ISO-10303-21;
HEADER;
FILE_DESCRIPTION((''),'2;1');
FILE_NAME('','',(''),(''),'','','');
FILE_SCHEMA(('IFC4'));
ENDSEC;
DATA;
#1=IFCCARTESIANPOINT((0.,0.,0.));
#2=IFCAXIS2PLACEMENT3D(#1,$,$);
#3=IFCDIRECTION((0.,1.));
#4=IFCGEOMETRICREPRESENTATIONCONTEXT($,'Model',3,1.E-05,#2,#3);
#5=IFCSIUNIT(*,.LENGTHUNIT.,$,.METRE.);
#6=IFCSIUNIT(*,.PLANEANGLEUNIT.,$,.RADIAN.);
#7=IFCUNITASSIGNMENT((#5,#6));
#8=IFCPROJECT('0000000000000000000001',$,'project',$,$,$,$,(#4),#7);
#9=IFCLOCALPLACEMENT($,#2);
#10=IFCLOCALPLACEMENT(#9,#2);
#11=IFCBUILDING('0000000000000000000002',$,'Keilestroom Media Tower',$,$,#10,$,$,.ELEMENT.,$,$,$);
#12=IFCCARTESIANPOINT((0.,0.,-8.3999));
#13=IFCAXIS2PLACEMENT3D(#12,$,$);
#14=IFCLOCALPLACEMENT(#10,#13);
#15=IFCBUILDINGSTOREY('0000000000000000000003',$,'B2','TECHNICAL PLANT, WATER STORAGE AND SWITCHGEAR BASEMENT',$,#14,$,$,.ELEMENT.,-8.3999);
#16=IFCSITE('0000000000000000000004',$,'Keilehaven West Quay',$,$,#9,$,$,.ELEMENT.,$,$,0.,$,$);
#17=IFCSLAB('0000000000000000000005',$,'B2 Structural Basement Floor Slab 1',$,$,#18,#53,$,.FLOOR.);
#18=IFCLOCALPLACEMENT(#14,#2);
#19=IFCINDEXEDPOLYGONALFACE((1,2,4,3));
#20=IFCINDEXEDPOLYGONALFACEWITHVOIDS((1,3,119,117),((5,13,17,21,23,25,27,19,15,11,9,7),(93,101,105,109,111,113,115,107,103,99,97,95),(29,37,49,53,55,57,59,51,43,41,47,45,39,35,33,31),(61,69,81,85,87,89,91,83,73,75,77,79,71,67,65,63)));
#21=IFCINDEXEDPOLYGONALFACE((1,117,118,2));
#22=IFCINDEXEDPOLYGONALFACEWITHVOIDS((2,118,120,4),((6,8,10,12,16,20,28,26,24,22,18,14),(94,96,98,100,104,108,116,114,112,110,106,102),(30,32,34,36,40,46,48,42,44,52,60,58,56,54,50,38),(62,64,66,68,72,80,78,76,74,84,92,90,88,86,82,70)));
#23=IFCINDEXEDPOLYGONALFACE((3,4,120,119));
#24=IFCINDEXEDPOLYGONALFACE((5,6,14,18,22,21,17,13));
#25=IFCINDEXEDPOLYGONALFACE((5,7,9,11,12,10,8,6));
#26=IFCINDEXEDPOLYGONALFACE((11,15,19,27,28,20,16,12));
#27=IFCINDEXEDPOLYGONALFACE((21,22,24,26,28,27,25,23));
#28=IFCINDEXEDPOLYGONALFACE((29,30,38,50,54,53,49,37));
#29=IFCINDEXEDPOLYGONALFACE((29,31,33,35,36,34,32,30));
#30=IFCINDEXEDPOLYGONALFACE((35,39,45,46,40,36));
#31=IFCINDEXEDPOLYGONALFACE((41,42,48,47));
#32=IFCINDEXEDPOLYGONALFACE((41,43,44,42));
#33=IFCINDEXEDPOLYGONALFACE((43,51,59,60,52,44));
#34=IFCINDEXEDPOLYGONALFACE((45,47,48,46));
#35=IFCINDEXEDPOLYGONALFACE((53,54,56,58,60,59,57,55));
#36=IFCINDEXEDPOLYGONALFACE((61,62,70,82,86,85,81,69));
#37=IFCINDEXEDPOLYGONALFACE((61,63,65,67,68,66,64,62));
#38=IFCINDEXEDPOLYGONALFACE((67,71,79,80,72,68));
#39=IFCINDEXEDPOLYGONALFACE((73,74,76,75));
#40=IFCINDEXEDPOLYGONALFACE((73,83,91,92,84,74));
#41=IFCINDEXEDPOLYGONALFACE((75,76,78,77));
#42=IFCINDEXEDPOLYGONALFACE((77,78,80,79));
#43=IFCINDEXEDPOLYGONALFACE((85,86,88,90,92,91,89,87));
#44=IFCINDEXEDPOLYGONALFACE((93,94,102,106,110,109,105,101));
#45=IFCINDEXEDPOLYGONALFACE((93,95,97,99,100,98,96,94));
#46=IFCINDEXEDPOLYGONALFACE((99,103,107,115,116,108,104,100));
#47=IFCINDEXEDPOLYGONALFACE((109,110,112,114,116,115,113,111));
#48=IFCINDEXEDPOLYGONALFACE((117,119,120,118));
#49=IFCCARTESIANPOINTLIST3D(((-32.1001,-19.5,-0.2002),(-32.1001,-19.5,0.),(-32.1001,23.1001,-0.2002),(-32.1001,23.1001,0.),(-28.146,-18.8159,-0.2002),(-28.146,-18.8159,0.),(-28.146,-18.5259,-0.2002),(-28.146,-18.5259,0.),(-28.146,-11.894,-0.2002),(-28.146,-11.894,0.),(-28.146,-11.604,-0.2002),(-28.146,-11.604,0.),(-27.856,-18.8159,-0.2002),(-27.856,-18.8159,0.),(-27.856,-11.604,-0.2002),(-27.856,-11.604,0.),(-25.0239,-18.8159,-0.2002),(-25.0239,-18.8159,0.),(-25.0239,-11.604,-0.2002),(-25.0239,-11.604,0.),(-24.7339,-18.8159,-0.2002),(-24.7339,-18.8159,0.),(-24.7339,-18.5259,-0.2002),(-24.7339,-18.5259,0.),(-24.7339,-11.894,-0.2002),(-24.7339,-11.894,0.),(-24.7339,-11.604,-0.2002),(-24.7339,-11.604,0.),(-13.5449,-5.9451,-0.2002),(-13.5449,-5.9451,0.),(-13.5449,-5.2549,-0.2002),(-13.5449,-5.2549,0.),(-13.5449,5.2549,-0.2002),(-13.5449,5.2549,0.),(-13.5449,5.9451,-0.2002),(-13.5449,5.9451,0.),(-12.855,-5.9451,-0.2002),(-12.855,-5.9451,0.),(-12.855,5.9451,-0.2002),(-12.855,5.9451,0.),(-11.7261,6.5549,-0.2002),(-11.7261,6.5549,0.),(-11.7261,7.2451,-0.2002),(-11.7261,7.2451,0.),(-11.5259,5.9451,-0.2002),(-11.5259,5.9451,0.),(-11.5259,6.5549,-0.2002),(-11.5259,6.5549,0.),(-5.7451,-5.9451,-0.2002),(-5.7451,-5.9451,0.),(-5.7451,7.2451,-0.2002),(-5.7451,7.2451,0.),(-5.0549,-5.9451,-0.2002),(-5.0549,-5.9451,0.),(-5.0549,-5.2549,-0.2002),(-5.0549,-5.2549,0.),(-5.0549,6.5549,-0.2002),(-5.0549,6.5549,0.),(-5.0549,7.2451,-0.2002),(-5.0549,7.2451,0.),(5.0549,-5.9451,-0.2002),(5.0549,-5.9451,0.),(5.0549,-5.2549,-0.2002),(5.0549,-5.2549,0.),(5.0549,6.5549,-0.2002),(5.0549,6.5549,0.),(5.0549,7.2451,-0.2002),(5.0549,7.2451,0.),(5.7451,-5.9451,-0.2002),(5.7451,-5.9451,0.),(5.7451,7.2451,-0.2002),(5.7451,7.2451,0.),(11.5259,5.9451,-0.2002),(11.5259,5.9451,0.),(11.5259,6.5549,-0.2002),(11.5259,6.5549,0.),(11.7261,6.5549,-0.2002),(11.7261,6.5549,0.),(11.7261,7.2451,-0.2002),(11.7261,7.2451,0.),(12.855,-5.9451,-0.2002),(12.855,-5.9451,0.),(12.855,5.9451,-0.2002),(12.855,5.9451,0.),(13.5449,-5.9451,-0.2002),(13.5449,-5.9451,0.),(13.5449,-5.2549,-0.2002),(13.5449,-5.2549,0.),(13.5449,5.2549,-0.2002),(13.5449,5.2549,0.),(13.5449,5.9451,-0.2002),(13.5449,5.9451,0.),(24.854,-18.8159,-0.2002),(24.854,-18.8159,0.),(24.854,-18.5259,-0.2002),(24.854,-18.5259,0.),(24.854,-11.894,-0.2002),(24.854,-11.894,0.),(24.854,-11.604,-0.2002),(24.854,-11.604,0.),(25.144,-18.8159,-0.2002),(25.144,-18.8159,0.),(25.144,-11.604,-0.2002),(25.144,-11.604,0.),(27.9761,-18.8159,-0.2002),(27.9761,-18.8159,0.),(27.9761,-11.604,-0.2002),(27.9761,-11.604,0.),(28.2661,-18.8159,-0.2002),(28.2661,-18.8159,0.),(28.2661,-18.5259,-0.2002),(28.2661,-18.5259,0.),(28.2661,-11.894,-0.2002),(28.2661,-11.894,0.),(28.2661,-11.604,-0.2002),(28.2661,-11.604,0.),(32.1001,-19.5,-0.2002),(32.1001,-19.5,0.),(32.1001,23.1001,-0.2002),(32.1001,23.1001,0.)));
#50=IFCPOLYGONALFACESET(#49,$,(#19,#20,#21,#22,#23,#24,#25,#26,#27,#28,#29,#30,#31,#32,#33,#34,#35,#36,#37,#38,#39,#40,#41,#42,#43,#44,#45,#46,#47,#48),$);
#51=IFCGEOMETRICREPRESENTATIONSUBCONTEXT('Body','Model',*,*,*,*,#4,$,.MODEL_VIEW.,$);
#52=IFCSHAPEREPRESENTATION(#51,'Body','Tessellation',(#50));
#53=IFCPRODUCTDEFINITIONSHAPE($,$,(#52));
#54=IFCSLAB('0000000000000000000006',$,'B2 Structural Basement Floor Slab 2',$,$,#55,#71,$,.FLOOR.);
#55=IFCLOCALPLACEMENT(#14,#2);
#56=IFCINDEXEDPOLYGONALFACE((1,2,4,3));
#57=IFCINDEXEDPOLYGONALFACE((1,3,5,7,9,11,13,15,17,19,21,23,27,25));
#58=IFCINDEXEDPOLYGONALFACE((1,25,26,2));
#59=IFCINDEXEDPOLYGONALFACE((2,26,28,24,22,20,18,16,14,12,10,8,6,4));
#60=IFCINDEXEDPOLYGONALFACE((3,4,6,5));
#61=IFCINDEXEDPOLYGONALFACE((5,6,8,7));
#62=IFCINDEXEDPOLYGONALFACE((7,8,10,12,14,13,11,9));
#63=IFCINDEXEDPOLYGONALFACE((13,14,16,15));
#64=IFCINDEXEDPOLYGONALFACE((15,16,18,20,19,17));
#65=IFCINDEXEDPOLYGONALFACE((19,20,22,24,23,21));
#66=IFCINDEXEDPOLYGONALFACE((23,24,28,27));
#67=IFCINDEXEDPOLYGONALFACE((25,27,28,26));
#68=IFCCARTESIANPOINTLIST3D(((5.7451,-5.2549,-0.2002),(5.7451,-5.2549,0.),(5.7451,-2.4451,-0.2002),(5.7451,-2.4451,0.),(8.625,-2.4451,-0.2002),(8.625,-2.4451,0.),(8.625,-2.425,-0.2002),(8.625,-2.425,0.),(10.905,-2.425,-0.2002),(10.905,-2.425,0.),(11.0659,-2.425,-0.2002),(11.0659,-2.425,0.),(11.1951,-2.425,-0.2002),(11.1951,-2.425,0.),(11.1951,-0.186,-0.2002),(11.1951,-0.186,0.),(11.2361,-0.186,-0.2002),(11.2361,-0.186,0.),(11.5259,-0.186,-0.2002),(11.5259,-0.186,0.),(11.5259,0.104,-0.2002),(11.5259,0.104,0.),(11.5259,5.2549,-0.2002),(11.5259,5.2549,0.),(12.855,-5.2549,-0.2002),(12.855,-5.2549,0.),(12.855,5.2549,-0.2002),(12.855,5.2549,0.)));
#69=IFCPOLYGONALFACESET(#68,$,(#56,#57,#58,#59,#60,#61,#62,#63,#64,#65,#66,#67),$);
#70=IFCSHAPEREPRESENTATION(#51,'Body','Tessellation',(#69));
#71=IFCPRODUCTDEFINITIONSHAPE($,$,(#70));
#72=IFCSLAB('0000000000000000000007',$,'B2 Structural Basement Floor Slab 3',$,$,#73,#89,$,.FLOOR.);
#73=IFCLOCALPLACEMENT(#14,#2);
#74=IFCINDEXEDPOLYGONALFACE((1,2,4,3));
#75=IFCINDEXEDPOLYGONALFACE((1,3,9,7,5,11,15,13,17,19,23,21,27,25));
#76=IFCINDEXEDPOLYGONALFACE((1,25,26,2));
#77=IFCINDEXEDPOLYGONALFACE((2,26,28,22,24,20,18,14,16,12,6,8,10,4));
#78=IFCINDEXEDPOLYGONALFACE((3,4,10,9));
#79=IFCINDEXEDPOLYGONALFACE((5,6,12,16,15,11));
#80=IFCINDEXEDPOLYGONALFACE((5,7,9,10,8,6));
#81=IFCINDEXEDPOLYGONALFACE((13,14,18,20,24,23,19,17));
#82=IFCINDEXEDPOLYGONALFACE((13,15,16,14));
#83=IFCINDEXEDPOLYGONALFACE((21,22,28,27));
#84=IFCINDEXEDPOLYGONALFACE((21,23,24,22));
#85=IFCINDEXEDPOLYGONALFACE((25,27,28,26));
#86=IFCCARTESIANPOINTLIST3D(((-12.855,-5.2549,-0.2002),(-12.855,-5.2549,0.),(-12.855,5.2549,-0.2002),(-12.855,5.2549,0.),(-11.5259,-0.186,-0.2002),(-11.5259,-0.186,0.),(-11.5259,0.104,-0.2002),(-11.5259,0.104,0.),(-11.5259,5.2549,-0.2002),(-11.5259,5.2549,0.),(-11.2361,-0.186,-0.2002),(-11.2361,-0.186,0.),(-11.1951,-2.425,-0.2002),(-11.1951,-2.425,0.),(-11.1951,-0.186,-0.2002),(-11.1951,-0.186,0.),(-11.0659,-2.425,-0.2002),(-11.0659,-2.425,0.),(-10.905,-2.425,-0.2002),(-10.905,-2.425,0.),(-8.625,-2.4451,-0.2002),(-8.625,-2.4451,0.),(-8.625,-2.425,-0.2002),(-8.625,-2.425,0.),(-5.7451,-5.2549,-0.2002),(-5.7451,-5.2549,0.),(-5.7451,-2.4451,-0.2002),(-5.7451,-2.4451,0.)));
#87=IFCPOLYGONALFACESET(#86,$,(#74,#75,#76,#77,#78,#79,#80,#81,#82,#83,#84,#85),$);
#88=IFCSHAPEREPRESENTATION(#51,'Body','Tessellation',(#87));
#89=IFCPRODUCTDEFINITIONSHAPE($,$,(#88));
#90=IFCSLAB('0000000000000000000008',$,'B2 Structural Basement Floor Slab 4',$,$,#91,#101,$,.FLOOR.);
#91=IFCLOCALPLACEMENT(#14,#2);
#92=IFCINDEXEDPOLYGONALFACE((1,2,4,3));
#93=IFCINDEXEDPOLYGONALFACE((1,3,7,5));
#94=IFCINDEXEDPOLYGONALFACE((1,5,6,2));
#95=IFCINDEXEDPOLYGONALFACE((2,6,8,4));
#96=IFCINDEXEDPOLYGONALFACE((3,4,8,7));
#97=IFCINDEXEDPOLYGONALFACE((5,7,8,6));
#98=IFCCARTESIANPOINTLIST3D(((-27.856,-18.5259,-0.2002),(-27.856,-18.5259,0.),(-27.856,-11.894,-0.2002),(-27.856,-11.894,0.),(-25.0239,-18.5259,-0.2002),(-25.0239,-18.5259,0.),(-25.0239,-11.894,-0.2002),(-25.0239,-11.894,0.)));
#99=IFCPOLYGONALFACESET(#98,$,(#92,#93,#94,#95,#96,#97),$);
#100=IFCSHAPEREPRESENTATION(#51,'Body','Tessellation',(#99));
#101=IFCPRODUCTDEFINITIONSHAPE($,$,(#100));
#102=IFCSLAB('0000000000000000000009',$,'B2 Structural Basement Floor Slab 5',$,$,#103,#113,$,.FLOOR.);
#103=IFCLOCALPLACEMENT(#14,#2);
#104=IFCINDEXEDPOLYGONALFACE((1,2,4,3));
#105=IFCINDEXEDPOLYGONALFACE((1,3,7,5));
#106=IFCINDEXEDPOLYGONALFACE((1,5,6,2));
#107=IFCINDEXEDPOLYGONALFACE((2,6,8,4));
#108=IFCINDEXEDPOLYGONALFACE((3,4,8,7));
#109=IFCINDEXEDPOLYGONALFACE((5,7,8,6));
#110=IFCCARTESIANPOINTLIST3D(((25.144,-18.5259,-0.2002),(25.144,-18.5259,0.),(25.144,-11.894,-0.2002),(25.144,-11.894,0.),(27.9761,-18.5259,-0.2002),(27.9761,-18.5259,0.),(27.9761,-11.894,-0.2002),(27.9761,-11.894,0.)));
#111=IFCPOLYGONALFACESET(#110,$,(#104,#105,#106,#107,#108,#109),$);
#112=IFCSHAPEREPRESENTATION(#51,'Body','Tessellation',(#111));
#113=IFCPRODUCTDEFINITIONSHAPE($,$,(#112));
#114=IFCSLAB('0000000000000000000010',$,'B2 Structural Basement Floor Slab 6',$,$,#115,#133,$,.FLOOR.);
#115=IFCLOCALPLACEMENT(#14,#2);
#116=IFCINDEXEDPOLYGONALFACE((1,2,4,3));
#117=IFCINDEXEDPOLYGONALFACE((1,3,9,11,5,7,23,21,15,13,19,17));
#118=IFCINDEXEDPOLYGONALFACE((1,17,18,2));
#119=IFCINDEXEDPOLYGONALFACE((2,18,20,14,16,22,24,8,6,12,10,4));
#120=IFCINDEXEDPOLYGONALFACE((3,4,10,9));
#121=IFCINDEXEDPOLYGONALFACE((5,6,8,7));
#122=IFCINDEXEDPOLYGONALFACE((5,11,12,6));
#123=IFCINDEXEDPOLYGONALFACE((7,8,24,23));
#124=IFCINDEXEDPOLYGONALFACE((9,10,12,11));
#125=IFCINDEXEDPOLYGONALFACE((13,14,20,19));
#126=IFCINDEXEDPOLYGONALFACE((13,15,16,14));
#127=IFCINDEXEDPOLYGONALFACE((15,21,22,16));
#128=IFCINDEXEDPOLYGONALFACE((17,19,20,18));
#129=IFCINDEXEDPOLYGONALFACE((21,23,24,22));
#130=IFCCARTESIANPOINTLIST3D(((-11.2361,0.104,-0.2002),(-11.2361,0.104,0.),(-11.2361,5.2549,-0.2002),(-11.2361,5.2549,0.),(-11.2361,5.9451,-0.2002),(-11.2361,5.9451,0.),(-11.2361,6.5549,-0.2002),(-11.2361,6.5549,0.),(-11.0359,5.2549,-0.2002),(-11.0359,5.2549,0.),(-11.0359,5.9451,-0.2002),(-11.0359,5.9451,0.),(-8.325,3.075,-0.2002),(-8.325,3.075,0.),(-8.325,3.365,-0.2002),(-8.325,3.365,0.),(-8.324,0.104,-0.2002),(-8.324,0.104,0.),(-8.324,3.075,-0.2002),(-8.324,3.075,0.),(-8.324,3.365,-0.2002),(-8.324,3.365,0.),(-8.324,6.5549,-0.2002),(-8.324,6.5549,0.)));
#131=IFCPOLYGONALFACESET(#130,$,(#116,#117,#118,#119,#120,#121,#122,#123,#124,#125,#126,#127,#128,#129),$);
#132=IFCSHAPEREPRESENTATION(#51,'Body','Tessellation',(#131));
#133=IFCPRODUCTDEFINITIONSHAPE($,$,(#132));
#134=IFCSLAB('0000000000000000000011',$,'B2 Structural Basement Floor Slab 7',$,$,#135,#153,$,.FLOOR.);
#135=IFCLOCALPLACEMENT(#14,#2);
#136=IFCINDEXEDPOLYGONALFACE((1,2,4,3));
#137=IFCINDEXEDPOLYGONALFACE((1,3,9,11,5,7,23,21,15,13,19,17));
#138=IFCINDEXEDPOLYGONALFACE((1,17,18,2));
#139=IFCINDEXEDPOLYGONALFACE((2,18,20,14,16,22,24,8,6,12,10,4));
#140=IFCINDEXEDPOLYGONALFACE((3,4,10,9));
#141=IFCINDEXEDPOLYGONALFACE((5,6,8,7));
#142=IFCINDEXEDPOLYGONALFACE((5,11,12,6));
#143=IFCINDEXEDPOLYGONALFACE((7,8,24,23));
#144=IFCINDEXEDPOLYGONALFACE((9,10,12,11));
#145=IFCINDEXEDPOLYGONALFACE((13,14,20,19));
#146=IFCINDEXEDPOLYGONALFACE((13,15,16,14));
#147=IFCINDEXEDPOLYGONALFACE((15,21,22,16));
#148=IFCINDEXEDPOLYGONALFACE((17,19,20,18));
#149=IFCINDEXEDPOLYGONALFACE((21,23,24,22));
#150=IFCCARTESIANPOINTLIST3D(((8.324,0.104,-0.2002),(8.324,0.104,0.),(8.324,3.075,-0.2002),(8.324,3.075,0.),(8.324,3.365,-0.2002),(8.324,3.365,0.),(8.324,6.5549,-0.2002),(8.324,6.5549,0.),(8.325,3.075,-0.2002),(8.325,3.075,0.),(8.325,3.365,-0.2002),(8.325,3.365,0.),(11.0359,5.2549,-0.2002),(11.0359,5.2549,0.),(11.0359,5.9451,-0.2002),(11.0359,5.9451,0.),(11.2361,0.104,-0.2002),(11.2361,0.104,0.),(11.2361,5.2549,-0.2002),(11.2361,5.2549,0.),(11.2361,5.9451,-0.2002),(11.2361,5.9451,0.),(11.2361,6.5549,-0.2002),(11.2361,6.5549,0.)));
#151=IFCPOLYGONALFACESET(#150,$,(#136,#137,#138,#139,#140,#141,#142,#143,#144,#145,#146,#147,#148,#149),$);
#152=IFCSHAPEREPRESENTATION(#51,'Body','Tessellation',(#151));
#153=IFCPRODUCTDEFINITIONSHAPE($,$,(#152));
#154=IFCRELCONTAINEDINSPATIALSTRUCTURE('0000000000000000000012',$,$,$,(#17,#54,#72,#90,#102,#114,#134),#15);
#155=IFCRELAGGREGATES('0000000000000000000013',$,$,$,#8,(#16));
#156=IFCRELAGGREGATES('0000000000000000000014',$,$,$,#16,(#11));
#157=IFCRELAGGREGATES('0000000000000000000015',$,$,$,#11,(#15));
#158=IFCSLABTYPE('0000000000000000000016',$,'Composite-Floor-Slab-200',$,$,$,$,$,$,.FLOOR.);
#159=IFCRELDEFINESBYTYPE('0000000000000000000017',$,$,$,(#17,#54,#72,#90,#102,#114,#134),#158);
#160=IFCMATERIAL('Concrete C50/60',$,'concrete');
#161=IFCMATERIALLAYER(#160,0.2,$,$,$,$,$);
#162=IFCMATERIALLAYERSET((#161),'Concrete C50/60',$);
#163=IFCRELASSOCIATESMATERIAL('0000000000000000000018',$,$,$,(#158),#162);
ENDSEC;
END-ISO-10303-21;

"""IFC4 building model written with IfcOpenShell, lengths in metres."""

from ifc_helpers import new_model, si_unit, direction, frame, origin, place, context, subcontext, project, spatial, polyline, outline, extrude, material, layer, layer_set, type_object, element, save


model = new_model("IFC4")

# Units and contexts
model_context = context("Model", 3, precision=1e-05, world=origin(), true_north=direction((0.0, 1.0)))
body_context = subcontext(model_context, "Body", "Model", "MODEL_VIEW")
ifc_project = project(units=[si_unit("LENGTHUNIT", "METRE"), si_unit("PLANEANGLEUNIT", "RADIAN")], contexts=[model_context])

# Site, building, storey
site_placement = place(None, origin())
site = spatial("IfcSite", under=ifc_project, at=site_placement, Name="Keilehaven West Quay", CompositionType="ELEMENT", RefElevation=0.0)
building_placement = place(site_placement, origin())
building = spatial("IfcBuilding", under=site, at=building_placement, Name="Keilestroom Media Tower", CompositionType="ELEMENT")
storey_placement = place(building_placement, frame((0.0, 0.0, -8.3999)))
storey = spatial("IfcBuildingStorey", under=building, at=storey_placement, Name="B2", Description="TECHNICAL PLANT, WATER STORAGE AND SWITCHGEAR BASEMENT", CompositionType="ELEMENT", Elevation=-8.3999)

# Slabs
ifc_material_1 = material(Name="Concrete C50/60", Category="concrete")
ifc_layer_1 = layer(ifc_material_1, 0.2)
ifc_layer_set_1 = layer_set([ifc_layer_1], Name="Concrete C50/60")
slab_type_1 = type_object("IfcSlabType", Name="Composite-Floor-Slab-200", PredefinedType="FLOOR", material=ifc_layer_set_1)
slab_1_placement = place(storey_placement, frame((0.0, 0.0, -0.2002)))
element("IfcSlab", 1, at=slab_1_placement, inside=storey, type_object=slab_type_1, Name="B2 Structural Basement Floor Slab 1", PredefinedType="FLOOR", context=body_context, shape_type="SweptSolid", body=[
    extrude(outline(polyline([(-32.1001, 23.1001), (32.1001, 23.1001), (32.1001, -19.5), (-32.1001, -19.5), (-32.1001, 23.1001)]), holes=[polyline([(-28.146, -11.604), (-28.146, -11.894), (-28.146, -18.5259), (-28.146, -18.8159), (-27.856, -18.8159), (-25.0239, -18.8159), (-24.7339, -18.8159), (-24.7339, -18.5259), (-24.7339, -11.894), (-24.7339, -11.604), (-25.0239, -11.604), (-27.856, -11.604), (-28.146, -11.604)]), polyline([(-5.0549, -5.9451), (-5.0549, -5.2549), (-5.0549, 6.5549), (-5.0549, 7.2451), (-5.7451, 7.2451), (-11.7261, 7.2451), (-11.7261, 6.5549), (-11.5259, 6.5549), (-11.5259, 5.9451), (-12.855, 5.9451), (-13.5449, 5.9451), (-13.5449, 5.2549), (-13.5449, -5.2549), (-13.5449, -5.9451), (-12.855, -5.9451), (-5.7451, -5.9451), (-5.0549, -5.9451)]), polyline([(24.854, -18.8159), (25.144, -18.8159), (27.9761, -18.8159), (28.2661, -18.8159), (28.2661, -18.5259), (28.2661, -11.894), (28.2661, -11.604), (27.9761, -11.604), (25.144, -11.604), (24.854, -11.604), (24.854, -11.894), (24.854, -18.5259), (24.854, -18.8159)]), polyline([(13.5449, -5.9451), (13.5449, -5.2549), (13.5449, 5.2549), (13.5449, 5.9451), (12.855, 5.9451), (11.5259, 5.9451), (11.5259, 6.5549), (11.7261, 6.5549), (11.7261, 7.2451), (5.7451, 7.2451), (5.0549, 7.2451), (5.0549, 6.5549), (5.0549, -5.2549), (5.0549, -5.9451), (5.7451, -5.9451), (12.855, -5.9451), (13.5449, -5.9451)])]), origin(), (0.0, 0.0, 1.0), 0.2002),
])
slab_2_placement = place(storey_placement, frame((0.0, 0.0, -0.2002)))
element("IfcSlab", 2, at=slab_2_placement, inside=storey, type_object=slab_type_1, Name="B2 Structural Basement Floor Slab 2", PredefinedType="FLOOR", context=body_context, shape_type="SweptSolid", body=[
    extrude(outline(polyline([(12.855, -5.2549), (5.7451, -5.2549), (5.7451, -2.4451), (8.625, -2.4451), (8.625, -2.425), (10.905, -2.425), (11.0659, -2.425), (11.1951, -2.425), (11.1951, -0.186), (11.2361, -0.186), (11.5259, -0.186), (11.5259, 0.104), (11.5259, 5.2549), (12.855, 5.2549), (12.855, -5.2549)])), origin(), (0.0, 0.0, 1.0), 0.2002),
])
slab_3_placement = place(storey_placement, frame((0.0, 0.0, -0.2002)))
element("IfcSlab", 3, at=slab_3_placement, inside=storey, type_object=slab_type_1, Name="B2 Structural Basement Floor Slab 3", PredefinedType="FLOOR", context=body_context, shape_type="SweptSolid", body=[
    extrude(outline(polyline([(-5.7451, -5.2549), (-12.855, -5.2549), (-12.855, 5.2549), (-11.5259, 5.2549), (-11.5259, 0.104), (-11.5259, -0.186), (-11.2361, -0.186), (-11.1951, -0.186), (-11.1951, -2.425), (-11.0659, -2.425), (-10.905, -2.425), (-8.625, -2.425), (-8.625, -2.4451), (-5.7451, -2.4451), (-5.7451, -5.2549)])), origin(), (0.0, 0.0, 1.0), 0.2002),
])
slab_4_placement = place(storey_placement, frame((0.0, 0.0, -0.2002)))
element("IfcSlab", 4, at=slab_4_placement, inside=storey, type_object=slab_type_1, Name="B2 Structural Basement Floor Slab 4", PredefinedType="FLOOR", context=body_context, shape_type="SweptSolid", body=[
    extrude(outline(polyline([(-25.0239, -18.5259), (-27.856, -18.5259), (-27.856, -11.894), (-25.0239, -11.894), (-25.0239, -18.5259)])), origin(), (0.0, 0.0, 1.0), 0.2002),
])
slab_5_placement = place(storey_placement, frame((0.0, 0.0, -0.2002)))
element("IfcSlab", 5, at=slab_5_placement, inside=storey, type_object=slab_type_1, Name="B2 Structural Basement Floor Slab 5", PredefinedType="FLOOR", context=body_context, shape_type="SweptSolid", body=[
    extrude(outline(polyline([(25.144, -11.894), (27.9761, -11.894), (27.9761, -18.5259), (25.144, -18.5259), (25.144, -11.894)])), origin(), (0.0, 0.0, 1.0), 0.2002),
])
slab_6_placement = place(storey_placement, frame((0.0, 0.0, -0.2002)))
element("IfcSlab", 6, at=slab_6_placement, inside=storey, type_object=slab_type_1, Name="B2 Structural Basement Floor Slab 6", PredefinedType="FLOOR", context=body_context, shape_type="SweptSolid", body=[
    extrude(outline(polyline([(-8.324, 3.075), (-8.324, 0.104), (-11.2361, 0.104), (-11.2361, 5.2549), (-11.0359, 5.2549), (-11.0359, 5.9451), (-11.2361, 5.9451), (-11.2361, 6.5549), (-8.324, 6.5549), (-8.324, 3.365), (-8.325, 3.365), (-8.325, 3.075), (-8.324, 3.075)])), origin(), (0.0, 0.0, 1.0), 0.2002),
])
slab_7_placement = place(storey_placement, frame((0.0, 0.0, -0.2002)))
element("IfcSlab", 7, at=slab_7_placement, inside=storey, type_object=slab_type_1, Name="B2 Structural Basement Floor Slab 7", PredefinedType="FLOOR", context=body_context, shape_type="SweptSolid", body=[
    extrude(outline(polyline([(11.2361, 5.2549), (11.2361, 0.104), (8.324, 0.104), (8.324, 3.075), (8.325, 3.075), (8.325, 3.365), (8.324, 3.365), (8.324, 6.5549), (11.2361, 6.5549), (11.2361, 5.9451), (11.0359, 5.9451), (11.0359, 5.2549), (11.2361, 5.2549)])), origin(), (0.0, 0.0, 1.0), 0.2002),
])

save(model, "model.ifc")
